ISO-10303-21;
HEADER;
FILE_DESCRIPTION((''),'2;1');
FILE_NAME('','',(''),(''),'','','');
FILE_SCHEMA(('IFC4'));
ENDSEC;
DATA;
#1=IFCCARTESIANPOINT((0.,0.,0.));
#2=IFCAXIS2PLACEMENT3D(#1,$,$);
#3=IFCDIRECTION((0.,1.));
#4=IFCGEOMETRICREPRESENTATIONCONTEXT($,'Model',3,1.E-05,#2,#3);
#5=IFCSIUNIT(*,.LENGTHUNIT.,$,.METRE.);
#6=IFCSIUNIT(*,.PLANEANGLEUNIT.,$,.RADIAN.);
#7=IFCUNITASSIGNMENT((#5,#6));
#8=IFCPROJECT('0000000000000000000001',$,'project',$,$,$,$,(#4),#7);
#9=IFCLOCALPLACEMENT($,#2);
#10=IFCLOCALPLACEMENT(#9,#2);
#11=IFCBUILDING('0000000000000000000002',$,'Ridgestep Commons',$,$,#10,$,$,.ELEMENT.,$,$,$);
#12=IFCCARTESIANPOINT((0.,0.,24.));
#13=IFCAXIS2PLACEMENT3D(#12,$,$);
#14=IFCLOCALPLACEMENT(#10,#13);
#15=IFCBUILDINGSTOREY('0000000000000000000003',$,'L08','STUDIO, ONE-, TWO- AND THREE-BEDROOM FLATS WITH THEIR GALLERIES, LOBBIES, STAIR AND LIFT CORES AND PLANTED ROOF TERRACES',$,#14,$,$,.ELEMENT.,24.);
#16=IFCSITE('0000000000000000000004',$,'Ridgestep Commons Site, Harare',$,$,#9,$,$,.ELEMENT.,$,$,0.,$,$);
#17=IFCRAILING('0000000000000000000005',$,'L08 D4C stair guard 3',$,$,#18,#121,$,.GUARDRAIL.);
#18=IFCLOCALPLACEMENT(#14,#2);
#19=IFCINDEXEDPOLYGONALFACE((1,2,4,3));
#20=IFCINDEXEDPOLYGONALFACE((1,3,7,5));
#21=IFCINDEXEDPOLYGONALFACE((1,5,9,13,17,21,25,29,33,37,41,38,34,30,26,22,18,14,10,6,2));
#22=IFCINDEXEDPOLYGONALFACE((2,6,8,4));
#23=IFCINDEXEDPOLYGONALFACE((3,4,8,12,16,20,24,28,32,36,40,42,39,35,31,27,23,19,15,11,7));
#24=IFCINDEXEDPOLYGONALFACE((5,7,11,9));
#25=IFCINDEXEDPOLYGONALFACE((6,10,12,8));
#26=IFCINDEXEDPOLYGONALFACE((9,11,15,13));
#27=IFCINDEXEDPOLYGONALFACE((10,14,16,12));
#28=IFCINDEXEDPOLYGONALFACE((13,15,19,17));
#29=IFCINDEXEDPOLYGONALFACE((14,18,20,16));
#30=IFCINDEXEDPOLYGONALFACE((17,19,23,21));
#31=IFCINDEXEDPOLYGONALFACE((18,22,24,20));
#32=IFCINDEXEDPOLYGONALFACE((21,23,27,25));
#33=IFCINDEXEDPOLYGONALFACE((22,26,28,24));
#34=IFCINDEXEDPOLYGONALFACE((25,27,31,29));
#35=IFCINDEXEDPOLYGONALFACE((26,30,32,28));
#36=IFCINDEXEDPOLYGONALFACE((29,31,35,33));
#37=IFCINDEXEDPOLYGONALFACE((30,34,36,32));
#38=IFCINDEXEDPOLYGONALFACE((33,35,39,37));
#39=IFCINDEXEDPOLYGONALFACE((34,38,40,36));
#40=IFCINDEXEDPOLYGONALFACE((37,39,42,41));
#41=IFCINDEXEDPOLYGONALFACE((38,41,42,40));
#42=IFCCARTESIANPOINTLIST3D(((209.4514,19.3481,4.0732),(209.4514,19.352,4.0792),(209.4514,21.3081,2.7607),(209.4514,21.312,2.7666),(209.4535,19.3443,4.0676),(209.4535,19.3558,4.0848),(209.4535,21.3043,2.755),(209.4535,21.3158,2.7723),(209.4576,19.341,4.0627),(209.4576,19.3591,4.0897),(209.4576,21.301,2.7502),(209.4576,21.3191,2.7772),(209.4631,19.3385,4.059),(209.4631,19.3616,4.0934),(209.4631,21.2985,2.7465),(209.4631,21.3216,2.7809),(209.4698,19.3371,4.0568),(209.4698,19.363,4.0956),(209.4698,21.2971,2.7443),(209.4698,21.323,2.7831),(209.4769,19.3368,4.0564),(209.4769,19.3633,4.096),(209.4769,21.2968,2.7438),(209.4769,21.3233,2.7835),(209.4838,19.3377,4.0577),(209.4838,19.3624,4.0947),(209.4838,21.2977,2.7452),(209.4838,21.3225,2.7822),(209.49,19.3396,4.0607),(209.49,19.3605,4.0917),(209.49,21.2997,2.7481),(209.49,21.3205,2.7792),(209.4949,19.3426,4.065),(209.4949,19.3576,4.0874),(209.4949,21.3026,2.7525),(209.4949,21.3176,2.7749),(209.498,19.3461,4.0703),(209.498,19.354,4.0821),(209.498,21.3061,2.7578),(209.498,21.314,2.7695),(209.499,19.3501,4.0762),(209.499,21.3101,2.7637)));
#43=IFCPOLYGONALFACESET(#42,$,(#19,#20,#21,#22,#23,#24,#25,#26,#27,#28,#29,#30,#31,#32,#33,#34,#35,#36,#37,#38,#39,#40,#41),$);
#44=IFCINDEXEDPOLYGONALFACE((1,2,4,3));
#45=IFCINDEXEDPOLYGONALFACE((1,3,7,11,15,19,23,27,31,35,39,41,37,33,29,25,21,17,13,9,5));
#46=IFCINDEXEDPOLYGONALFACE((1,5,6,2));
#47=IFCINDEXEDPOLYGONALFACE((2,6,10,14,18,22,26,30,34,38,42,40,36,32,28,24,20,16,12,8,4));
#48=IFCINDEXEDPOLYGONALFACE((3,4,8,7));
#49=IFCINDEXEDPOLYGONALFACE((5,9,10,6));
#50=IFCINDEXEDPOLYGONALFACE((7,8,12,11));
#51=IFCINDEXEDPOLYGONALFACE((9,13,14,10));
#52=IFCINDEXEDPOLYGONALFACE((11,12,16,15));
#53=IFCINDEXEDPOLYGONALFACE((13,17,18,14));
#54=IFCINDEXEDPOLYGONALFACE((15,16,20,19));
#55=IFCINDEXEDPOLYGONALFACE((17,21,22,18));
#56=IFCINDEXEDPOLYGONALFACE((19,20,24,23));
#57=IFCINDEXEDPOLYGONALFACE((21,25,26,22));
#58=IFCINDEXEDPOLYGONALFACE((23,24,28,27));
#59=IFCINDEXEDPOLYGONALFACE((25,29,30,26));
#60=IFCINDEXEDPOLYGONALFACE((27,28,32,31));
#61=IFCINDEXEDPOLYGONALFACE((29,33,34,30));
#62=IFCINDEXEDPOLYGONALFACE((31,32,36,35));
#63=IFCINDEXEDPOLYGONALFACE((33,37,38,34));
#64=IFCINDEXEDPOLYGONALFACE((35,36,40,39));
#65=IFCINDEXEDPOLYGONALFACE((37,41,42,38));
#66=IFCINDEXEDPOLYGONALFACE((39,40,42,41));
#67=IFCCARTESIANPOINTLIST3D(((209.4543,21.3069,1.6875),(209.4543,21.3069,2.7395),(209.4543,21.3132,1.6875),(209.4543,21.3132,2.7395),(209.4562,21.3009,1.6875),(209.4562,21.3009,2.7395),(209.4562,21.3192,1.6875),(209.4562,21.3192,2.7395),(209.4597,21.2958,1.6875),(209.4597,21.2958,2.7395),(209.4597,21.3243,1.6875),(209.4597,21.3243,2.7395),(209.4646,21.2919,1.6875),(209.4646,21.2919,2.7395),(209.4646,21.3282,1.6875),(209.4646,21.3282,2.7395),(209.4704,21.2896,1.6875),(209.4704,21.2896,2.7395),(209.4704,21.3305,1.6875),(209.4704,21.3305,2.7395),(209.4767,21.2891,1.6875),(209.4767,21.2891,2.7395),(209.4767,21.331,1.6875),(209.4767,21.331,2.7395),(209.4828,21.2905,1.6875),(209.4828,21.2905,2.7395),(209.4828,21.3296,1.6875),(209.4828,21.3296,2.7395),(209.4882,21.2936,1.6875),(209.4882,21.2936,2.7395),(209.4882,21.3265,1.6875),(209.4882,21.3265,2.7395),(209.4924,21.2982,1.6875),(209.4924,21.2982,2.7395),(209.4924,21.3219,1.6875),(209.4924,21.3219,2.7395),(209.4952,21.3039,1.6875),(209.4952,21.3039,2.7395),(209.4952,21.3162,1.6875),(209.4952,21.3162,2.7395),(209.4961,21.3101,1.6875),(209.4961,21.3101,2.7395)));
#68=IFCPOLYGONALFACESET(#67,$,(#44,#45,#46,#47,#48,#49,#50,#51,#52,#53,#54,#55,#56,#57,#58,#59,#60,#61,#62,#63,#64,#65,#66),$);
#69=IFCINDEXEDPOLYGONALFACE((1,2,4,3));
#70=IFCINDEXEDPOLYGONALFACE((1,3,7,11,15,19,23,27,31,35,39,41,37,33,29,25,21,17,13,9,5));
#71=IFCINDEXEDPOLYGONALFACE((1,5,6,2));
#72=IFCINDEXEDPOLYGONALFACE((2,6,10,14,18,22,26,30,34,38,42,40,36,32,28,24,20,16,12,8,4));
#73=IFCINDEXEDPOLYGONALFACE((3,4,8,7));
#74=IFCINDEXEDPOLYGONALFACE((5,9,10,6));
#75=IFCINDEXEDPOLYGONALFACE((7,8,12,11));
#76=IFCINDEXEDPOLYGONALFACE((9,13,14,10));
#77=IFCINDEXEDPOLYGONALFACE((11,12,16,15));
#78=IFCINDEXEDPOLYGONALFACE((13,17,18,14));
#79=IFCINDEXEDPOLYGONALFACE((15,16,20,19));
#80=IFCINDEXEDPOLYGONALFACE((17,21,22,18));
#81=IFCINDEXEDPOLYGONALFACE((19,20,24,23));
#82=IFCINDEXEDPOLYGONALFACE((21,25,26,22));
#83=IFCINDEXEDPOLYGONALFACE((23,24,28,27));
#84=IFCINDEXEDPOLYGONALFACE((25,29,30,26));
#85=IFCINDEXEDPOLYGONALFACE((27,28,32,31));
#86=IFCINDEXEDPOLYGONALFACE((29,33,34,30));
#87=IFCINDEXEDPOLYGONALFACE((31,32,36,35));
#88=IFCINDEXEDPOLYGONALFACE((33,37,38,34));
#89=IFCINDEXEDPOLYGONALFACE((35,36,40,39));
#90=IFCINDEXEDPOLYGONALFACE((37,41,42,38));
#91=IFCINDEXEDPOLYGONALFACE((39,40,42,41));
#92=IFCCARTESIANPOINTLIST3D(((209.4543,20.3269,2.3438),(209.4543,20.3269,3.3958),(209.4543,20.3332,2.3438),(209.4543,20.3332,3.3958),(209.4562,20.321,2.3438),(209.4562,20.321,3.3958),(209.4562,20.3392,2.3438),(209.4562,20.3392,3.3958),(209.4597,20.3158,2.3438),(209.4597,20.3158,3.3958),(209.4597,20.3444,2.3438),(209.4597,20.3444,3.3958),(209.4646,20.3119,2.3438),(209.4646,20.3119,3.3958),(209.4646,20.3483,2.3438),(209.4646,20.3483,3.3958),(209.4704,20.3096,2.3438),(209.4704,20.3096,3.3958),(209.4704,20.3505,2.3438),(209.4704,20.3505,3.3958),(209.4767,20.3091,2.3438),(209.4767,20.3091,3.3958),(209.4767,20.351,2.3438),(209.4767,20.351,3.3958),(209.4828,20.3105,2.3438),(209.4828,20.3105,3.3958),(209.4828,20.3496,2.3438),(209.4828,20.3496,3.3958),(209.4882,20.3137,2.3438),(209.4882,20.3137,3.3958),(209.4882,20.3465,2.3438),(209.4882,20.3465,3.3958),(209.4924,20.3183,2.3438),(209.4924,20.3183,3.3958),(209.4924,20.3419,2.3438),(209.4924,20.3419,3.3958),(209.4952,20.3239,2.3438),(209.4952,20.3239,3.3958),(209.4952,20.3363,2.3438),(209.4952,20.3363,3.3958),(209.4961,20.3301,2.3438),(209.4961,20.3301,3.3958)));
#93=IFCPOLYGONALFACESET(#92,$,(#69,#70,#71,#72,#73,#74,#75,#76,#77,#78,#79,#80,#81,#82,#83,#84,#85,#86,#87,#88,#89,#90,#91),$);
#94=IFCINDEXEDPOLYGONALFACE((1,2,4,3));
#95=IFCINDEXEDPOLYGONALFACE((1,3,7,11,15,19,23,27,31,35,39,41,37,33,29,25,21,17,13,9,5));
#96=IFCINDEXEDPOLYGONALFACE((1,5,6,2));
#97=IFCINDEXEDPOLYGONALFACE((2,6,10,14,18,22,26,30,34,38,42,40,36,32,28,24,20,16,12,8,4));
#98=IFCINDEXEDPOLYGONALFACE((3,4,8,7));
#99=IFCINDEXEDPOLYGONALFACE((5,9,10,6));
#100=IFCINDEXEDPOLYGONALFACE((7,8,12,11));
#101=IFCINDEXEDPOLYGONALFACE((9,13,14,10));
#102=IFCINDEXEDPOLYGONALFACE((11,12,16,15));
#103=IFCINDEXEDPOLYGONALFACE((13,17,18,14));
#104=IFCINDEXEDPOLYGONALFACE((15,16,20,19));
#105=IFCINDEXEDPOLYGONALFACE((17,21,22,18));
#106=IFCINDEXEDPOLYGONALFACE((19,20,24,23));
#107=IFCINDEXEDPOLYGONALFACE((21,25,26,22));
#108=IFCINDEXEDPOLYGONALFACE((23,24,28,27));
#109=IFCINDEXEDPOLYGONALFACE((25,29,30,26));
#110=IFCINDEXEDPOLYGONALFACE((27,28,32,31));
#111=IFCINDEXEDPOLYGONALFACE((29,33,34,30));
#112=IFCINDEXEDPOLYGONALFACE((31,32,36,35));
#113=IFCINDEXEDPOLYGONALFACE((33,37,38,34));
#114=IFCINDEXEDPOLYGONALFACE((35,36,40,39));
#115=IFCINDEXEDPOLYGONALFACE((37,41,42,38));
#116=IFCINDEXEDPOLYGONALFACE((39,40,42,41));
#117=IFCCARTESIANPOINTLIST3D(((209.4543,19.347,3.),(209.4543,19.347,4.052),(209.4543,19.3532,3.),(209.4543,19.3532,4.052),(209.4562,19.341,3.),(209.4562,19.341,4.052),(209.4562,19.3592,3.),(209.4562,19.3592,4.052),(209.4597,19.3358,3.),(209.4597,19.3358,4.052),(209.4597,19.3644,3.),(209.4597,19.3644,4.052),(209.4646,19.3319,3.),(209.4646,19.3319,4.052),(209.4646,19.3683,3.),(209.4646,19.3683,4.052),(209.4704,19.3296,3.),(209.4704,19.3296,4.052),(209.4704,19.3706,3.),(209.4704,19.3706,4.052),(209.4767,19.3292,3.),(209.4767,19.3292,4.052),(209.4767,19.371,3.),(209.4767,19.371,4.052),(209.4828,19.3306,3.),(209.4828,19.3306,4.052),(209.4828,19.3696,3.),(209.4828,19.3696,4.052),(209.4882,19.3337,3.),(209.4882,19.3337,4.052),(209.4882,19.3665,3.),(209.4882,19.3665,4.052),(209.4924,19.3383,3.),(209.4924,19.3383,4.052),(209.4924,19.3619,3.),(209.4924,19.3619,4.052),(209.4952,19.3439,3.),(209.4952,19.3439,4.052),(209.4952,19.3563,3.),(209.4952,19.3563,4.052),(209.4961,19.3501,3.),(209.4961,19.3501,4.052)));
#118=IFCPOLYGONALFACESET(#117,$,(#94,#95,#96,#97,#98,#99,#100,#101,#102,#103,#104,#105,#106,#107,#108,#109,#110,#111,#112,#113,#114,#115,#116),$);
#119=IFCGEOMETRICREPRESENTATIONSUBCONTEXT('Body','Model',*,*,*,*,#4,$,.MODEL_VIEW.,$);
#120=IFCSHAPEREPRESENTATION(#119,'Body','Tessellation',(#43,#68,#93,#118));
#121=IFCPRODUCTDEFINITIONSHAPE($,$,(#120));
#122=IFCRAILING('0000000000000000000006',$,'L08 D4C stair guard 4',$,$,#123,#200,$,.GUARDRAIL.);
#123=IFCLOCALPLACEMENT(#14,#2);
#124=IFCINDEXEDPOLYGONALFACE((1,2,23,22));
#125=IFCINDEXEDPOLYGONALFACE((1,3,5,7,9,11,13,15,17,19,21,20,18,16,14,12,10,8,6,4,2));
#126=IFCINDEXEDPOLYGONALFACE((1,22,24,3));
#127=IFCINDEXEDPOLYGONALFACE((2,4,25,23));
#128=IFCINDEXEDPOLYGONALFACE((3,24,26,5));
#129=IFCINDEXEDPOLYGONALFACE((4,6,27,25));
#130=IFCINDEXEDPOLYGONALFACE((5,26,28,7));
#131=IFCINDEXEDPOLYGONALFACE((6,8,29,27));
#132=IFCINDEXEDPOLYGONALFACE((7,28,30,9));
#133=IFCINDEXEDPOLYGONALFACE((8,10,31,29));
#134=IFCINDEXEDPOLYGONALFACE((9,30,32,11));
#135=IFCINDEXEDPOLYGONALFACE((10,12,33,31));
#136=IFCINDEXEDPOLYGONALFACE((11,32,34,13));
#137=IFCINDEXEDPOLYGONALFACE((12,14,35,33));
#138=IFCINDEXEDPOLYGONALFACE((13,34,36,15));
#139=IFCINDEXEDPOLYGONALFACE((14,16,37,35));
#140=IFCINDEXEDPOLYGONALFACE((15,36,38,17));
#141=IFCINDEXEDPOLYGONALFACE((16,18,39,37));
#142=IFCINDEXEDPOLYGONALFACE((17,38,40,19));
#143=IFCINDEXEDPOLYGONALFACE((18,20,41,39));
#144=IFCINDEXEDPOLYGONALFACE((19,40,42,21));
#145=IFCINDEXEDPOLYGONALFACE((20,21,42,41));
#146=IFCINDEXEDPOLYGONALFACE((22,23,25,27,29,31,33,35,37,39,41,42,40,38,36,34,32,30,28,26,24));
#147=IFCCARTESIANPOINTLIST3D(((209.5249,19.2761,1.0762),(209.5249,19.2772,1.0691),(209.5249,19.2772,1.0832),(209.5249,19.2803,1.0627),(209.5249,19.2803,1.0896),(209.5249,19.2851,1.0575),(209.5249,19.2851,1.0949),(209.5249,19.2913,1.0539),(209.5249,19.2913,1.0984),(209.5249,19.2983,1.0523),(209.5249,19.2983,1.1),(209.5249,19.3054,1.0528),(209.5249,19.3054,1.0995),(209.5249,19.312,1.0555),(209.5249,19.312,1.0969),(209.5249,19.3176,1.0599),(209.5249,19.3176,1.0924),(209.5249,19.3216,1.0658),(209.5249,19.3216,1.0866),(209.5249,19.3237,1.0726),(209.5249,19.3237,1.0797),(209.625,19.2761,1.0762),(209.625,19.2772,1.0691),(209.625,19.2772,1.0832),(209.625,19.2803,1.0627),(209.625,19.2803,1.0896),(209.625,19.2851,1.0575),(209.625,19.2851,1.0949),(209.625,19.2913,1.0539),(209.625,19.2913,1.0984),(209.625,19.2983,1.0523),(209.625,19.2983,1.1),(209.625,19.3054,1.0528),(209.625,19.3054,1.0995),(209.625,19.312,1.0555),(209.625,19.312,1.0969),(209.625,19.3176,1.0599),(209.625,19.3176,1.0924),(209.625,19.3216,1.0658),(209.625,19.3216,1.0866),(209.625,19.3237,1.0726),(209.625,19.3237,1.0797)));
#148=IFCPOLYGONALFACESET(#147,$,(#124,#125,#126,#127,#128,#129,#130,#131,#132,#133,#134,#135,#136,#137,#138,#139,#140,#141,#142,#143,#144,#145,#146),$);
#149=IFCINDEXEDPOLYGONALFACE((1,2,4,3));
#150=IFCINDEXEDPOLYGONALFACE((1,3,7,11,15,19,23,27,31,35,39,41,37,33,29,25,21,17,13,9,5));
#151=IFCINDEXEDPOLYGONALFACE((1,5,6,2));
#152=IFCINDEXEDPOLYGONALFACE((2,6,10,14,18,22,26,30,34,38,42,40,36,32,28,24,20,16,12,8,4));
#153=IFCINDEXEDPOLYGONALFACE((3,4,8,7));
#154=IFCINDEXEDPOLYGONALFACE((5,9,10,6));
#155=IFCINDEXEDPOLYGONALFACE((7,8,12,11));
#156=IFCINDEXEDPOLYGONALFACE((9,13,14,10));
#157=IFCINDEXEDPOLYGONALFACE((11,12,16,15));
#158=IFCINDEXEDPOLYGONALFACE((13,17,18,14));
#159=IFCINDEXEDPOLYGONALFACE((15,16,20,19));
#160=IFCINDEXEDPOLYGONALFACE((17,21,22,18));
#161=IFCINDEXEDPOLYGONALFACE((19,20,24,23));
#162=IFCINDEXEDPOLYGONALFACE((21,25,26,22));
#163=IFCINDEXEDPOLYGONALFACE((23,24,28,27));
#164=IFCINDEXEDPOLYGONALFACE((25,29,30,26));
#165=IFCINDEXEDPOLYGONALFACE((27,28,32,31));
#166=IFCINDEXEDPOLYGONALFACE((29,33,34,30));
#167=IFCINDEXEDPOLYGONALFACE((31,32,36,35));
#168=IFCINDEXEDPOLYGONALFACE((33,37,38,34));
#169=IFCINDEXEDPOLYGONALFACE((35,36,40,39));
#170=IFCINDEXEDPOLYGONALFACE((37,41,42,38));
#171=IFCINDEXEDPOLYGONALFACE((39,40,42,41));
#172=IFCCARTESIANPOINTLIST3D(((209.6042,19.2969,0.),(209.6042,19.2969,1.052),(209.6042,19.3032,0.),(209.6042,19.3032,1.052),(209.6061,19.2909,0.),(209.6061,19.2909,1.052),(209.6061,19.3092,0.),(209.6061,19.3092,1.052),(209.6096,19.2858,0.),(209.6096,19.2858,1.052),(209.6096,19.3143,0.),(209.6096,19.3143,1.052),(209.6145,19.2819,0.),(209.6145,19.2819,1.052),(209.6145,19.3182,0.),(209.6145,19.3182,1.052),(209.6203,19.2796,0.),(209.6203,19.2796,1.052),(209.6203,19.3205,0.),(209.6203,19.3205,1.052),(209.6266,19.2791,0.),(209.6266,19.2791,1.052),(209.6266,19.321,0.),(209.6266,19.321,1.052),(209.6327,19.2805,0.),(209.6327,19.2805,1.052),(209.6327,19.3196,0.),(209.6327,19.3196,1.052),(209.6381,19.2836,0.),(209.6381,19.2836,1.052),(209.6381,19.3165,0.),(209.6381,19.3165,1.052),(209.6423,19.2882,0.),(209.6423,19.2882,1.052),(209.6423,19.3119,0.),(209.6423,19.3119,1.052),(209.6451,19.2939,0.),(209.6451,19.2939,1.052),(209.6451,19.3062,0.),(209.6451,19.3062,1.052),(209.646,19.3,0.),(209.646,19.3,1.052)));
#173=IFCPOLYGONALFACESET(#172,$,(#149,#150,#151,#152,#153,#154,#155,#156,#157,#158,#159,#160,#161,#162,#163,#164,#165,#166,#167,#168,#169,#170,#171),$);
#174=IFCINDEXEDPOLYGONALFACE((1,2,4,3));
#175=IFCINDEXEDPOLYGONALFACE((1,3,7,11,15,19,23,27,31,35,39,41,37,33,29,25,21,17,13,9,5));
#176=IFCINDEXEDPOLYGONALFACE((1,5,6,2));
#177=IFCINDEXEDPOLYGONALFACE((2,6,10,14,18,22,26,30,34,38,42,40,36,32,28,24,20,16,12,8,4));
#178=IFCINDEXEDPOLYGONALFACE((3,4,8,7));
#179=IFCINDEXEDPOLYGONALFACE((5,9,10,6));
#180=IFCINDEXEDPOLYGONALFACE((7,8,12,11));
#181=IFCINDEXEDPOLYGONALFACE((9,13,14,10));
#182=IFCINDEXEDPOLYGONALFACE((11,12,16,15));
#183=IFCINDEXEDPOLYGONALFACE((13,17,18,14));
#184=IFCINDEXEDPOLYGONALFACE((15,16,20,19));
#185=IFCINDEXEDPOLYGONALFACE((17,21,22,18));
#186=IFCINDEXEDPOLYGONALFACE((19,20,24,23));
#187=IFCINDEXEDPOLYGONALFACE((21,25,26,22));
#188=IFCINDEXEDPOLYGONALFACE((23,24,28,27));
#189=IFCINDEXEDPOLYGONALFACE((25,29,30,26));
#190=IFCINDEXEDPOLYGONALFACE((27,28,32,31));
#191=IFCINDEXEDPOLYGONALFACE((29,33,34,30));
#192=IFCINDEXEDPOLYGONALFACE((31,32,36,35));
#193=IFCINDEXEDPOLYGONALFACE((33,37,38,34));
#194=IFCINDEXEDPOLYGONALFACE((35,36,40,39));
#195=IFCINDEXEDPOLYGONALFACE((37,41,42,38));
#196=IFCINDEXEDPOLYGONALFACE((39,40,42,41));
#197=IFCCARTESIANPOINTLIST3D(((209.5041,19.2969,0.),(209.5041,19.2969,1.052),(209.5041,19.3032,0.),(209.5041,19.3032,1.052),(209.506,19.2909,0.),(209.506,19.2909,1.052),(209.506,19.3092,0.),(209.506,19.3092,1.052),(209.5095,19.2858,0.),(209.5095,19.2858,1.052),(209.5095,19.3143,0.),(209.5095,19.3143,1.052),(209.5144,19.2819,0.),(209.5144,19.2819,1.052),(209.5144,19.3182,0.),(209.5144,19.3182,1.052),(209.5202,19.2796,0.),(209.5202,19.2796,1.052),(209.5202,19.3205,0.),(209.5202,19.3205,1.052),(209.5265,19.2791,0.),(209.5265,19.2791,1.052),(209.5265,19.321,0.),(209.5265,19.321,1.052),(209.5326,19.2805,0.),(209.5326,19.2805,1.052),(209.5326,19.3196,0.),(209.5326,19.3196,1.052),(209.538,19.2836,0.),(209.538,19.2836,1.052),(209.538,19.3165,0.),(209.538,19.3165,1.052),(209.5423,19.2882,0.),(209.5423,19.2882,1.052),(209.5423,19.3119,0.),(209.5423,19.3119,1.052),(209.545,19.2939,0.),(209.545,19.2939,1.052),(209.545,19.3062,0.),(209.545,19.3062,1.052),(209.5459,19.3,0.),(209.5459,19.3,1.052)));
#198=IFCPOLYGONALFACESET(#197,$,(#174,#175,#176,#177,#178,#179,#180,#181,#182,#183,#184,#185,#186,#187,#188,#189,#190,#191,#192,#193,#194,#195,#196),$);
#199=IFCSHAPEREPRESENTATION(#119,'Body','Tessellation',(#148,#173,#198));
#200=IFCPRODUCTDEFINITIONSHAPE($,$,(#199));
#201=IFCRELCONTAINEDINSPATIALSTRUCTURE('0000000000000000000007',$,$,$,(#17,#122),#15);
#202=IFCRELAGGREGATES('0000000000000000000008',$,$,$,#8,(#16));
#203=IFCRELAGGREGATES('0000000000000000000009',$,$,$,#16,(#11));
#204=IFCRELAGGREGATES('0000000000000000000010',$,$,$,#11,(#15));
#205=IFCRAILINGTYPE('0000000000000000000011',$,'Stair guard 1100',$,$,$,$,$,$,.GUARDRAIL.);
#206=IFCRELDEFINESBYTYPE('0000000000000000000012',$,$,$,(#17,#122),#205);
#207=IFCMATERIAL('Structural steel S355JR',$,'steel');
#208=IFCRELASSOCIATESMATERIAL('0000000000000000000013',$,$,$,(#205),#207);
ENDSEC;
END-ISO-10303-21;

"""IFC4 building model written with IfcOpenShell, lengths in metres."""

from ifc_helpers import new_model, si_unit, direction, frame, origin, origin_2d, place, context, subcontext, project, spatial, circle, extrude, material, type_object, element, save


model = new_model("IFC4")

# Units and contexts
model_context = context("Model", 3, precision=1e-05, world=origin(), true_north=direction((0.0, 1.0)))
body_context = subcontext(model_context, "Body", "Model", "MODEL_VIEW")
ifc_project = project(units=[si_unit("LENGTHUNIT", "METRE"), si_unit("PLANEANGLEUNIT", "RADIAN")], contexts=[model_context])

# Site, building, storey
site_placement = place(None, origin())
site = spatial("IfcSite", under=ifc_project, at=site_placement, Name="Ridgestep Commons Site, Harare", CompositionType="ELEMENT", RefElevation=0.0)
building_placement = place(site_placement, origin())
building = spatial("IfcBuilding", under=site, at=building_placement, Name="Ridgestep Commons", CompositionType="ELEMENT")
storey_placement = place(building_placement, frame((0.0, 0.0, 24.0)))
storey = spatial("IfcBuildingStorey", under=building, at=storey_placement, Name="L08", Description="STUDIO, ONE-, TWO- AND THREE-BEDROOM FLATS WITH THEIR GALLERIES, LOBBIES, STAIR AND LIFT CORES AND PLANTED ROOF TERRACES", CompositionType="ELEMENT", Elevation=24.0)

# Railings
ifc_material_1 = material(Name="Structural steel S355JR", Category="steel")
railing_type_1 = type_object("IfcRailingType", Name="Stair guard 1100", PredefinedType="GUARDRAIL", material=ifc_material_1)
railing_1_placement = place(storey_placement, frame((209.4751, 21.3101, 1.6875)))
element("IfcRailing", 1, at=railing_1_placement, inside=storey, type_object=railing_type_1, Name="L08 D4C stair guard 3", PredefinedType="GUARDRAIL", context=body_context, shape_type="SweptSolid", body=[
    extrude(circle(Radius=0.0239, at=origin_2d()), frame((0.0, 0.0, 1.0762), z_axis=(0.0, -0.830902, 0.556419), x_axis=(1.0, 0.0, 0.0)), (0.0, 0.0, 1.0), 2.3589),
    extrude(circle(Radius=0.021, at=origin_2d()), origin(), (0.0, 0.0, 1.0), 1.052),
    extrude(circle(Radius=0.021, at=origin_2d()), frame((0.0, -0.98, 0.6562)), (0.0, 0.0, 1.0), 1.052),
    extrude(circle(Radius=0.021, at=origin_2d()), frame((0.0, -1.96, 1.3125)), (0.0, 0.0, 1.0), 1.052),
])
railing_2_placement = place(storey_placement, frame((209.625, 19.3, 0.0)))
element("IfcRailing", 2, at=railing_2_placement, inside=storey, type_object=railing_type_1, Name="L08 D4C stair guard 4", PredefinedType="GUARDRAIL", context=body_context, shape_type="SweptSolid", body=[
    extrude(circle(Radius=0.0239, at=origin_2d()), frame((0.0, 0.0, 1.0762), z_axis=(-1.0, 0.0, 0.0), x_axis=(0.0, -1.0, 0.0)), (0.0, 0.0, 1.0), 0.1001),
    extrude(circle(Radius=0.021, at=origin_2d()), origin(), (0.0, 0.0, 1.0), 1.052),
    extrude(circle(Radius=0.021, at=origin_2d()), frame((-0.1001, 0.0, 0.0)), (0.0, 0.0, 1.0), 1.052),
])

save(model, "model.ifc")
